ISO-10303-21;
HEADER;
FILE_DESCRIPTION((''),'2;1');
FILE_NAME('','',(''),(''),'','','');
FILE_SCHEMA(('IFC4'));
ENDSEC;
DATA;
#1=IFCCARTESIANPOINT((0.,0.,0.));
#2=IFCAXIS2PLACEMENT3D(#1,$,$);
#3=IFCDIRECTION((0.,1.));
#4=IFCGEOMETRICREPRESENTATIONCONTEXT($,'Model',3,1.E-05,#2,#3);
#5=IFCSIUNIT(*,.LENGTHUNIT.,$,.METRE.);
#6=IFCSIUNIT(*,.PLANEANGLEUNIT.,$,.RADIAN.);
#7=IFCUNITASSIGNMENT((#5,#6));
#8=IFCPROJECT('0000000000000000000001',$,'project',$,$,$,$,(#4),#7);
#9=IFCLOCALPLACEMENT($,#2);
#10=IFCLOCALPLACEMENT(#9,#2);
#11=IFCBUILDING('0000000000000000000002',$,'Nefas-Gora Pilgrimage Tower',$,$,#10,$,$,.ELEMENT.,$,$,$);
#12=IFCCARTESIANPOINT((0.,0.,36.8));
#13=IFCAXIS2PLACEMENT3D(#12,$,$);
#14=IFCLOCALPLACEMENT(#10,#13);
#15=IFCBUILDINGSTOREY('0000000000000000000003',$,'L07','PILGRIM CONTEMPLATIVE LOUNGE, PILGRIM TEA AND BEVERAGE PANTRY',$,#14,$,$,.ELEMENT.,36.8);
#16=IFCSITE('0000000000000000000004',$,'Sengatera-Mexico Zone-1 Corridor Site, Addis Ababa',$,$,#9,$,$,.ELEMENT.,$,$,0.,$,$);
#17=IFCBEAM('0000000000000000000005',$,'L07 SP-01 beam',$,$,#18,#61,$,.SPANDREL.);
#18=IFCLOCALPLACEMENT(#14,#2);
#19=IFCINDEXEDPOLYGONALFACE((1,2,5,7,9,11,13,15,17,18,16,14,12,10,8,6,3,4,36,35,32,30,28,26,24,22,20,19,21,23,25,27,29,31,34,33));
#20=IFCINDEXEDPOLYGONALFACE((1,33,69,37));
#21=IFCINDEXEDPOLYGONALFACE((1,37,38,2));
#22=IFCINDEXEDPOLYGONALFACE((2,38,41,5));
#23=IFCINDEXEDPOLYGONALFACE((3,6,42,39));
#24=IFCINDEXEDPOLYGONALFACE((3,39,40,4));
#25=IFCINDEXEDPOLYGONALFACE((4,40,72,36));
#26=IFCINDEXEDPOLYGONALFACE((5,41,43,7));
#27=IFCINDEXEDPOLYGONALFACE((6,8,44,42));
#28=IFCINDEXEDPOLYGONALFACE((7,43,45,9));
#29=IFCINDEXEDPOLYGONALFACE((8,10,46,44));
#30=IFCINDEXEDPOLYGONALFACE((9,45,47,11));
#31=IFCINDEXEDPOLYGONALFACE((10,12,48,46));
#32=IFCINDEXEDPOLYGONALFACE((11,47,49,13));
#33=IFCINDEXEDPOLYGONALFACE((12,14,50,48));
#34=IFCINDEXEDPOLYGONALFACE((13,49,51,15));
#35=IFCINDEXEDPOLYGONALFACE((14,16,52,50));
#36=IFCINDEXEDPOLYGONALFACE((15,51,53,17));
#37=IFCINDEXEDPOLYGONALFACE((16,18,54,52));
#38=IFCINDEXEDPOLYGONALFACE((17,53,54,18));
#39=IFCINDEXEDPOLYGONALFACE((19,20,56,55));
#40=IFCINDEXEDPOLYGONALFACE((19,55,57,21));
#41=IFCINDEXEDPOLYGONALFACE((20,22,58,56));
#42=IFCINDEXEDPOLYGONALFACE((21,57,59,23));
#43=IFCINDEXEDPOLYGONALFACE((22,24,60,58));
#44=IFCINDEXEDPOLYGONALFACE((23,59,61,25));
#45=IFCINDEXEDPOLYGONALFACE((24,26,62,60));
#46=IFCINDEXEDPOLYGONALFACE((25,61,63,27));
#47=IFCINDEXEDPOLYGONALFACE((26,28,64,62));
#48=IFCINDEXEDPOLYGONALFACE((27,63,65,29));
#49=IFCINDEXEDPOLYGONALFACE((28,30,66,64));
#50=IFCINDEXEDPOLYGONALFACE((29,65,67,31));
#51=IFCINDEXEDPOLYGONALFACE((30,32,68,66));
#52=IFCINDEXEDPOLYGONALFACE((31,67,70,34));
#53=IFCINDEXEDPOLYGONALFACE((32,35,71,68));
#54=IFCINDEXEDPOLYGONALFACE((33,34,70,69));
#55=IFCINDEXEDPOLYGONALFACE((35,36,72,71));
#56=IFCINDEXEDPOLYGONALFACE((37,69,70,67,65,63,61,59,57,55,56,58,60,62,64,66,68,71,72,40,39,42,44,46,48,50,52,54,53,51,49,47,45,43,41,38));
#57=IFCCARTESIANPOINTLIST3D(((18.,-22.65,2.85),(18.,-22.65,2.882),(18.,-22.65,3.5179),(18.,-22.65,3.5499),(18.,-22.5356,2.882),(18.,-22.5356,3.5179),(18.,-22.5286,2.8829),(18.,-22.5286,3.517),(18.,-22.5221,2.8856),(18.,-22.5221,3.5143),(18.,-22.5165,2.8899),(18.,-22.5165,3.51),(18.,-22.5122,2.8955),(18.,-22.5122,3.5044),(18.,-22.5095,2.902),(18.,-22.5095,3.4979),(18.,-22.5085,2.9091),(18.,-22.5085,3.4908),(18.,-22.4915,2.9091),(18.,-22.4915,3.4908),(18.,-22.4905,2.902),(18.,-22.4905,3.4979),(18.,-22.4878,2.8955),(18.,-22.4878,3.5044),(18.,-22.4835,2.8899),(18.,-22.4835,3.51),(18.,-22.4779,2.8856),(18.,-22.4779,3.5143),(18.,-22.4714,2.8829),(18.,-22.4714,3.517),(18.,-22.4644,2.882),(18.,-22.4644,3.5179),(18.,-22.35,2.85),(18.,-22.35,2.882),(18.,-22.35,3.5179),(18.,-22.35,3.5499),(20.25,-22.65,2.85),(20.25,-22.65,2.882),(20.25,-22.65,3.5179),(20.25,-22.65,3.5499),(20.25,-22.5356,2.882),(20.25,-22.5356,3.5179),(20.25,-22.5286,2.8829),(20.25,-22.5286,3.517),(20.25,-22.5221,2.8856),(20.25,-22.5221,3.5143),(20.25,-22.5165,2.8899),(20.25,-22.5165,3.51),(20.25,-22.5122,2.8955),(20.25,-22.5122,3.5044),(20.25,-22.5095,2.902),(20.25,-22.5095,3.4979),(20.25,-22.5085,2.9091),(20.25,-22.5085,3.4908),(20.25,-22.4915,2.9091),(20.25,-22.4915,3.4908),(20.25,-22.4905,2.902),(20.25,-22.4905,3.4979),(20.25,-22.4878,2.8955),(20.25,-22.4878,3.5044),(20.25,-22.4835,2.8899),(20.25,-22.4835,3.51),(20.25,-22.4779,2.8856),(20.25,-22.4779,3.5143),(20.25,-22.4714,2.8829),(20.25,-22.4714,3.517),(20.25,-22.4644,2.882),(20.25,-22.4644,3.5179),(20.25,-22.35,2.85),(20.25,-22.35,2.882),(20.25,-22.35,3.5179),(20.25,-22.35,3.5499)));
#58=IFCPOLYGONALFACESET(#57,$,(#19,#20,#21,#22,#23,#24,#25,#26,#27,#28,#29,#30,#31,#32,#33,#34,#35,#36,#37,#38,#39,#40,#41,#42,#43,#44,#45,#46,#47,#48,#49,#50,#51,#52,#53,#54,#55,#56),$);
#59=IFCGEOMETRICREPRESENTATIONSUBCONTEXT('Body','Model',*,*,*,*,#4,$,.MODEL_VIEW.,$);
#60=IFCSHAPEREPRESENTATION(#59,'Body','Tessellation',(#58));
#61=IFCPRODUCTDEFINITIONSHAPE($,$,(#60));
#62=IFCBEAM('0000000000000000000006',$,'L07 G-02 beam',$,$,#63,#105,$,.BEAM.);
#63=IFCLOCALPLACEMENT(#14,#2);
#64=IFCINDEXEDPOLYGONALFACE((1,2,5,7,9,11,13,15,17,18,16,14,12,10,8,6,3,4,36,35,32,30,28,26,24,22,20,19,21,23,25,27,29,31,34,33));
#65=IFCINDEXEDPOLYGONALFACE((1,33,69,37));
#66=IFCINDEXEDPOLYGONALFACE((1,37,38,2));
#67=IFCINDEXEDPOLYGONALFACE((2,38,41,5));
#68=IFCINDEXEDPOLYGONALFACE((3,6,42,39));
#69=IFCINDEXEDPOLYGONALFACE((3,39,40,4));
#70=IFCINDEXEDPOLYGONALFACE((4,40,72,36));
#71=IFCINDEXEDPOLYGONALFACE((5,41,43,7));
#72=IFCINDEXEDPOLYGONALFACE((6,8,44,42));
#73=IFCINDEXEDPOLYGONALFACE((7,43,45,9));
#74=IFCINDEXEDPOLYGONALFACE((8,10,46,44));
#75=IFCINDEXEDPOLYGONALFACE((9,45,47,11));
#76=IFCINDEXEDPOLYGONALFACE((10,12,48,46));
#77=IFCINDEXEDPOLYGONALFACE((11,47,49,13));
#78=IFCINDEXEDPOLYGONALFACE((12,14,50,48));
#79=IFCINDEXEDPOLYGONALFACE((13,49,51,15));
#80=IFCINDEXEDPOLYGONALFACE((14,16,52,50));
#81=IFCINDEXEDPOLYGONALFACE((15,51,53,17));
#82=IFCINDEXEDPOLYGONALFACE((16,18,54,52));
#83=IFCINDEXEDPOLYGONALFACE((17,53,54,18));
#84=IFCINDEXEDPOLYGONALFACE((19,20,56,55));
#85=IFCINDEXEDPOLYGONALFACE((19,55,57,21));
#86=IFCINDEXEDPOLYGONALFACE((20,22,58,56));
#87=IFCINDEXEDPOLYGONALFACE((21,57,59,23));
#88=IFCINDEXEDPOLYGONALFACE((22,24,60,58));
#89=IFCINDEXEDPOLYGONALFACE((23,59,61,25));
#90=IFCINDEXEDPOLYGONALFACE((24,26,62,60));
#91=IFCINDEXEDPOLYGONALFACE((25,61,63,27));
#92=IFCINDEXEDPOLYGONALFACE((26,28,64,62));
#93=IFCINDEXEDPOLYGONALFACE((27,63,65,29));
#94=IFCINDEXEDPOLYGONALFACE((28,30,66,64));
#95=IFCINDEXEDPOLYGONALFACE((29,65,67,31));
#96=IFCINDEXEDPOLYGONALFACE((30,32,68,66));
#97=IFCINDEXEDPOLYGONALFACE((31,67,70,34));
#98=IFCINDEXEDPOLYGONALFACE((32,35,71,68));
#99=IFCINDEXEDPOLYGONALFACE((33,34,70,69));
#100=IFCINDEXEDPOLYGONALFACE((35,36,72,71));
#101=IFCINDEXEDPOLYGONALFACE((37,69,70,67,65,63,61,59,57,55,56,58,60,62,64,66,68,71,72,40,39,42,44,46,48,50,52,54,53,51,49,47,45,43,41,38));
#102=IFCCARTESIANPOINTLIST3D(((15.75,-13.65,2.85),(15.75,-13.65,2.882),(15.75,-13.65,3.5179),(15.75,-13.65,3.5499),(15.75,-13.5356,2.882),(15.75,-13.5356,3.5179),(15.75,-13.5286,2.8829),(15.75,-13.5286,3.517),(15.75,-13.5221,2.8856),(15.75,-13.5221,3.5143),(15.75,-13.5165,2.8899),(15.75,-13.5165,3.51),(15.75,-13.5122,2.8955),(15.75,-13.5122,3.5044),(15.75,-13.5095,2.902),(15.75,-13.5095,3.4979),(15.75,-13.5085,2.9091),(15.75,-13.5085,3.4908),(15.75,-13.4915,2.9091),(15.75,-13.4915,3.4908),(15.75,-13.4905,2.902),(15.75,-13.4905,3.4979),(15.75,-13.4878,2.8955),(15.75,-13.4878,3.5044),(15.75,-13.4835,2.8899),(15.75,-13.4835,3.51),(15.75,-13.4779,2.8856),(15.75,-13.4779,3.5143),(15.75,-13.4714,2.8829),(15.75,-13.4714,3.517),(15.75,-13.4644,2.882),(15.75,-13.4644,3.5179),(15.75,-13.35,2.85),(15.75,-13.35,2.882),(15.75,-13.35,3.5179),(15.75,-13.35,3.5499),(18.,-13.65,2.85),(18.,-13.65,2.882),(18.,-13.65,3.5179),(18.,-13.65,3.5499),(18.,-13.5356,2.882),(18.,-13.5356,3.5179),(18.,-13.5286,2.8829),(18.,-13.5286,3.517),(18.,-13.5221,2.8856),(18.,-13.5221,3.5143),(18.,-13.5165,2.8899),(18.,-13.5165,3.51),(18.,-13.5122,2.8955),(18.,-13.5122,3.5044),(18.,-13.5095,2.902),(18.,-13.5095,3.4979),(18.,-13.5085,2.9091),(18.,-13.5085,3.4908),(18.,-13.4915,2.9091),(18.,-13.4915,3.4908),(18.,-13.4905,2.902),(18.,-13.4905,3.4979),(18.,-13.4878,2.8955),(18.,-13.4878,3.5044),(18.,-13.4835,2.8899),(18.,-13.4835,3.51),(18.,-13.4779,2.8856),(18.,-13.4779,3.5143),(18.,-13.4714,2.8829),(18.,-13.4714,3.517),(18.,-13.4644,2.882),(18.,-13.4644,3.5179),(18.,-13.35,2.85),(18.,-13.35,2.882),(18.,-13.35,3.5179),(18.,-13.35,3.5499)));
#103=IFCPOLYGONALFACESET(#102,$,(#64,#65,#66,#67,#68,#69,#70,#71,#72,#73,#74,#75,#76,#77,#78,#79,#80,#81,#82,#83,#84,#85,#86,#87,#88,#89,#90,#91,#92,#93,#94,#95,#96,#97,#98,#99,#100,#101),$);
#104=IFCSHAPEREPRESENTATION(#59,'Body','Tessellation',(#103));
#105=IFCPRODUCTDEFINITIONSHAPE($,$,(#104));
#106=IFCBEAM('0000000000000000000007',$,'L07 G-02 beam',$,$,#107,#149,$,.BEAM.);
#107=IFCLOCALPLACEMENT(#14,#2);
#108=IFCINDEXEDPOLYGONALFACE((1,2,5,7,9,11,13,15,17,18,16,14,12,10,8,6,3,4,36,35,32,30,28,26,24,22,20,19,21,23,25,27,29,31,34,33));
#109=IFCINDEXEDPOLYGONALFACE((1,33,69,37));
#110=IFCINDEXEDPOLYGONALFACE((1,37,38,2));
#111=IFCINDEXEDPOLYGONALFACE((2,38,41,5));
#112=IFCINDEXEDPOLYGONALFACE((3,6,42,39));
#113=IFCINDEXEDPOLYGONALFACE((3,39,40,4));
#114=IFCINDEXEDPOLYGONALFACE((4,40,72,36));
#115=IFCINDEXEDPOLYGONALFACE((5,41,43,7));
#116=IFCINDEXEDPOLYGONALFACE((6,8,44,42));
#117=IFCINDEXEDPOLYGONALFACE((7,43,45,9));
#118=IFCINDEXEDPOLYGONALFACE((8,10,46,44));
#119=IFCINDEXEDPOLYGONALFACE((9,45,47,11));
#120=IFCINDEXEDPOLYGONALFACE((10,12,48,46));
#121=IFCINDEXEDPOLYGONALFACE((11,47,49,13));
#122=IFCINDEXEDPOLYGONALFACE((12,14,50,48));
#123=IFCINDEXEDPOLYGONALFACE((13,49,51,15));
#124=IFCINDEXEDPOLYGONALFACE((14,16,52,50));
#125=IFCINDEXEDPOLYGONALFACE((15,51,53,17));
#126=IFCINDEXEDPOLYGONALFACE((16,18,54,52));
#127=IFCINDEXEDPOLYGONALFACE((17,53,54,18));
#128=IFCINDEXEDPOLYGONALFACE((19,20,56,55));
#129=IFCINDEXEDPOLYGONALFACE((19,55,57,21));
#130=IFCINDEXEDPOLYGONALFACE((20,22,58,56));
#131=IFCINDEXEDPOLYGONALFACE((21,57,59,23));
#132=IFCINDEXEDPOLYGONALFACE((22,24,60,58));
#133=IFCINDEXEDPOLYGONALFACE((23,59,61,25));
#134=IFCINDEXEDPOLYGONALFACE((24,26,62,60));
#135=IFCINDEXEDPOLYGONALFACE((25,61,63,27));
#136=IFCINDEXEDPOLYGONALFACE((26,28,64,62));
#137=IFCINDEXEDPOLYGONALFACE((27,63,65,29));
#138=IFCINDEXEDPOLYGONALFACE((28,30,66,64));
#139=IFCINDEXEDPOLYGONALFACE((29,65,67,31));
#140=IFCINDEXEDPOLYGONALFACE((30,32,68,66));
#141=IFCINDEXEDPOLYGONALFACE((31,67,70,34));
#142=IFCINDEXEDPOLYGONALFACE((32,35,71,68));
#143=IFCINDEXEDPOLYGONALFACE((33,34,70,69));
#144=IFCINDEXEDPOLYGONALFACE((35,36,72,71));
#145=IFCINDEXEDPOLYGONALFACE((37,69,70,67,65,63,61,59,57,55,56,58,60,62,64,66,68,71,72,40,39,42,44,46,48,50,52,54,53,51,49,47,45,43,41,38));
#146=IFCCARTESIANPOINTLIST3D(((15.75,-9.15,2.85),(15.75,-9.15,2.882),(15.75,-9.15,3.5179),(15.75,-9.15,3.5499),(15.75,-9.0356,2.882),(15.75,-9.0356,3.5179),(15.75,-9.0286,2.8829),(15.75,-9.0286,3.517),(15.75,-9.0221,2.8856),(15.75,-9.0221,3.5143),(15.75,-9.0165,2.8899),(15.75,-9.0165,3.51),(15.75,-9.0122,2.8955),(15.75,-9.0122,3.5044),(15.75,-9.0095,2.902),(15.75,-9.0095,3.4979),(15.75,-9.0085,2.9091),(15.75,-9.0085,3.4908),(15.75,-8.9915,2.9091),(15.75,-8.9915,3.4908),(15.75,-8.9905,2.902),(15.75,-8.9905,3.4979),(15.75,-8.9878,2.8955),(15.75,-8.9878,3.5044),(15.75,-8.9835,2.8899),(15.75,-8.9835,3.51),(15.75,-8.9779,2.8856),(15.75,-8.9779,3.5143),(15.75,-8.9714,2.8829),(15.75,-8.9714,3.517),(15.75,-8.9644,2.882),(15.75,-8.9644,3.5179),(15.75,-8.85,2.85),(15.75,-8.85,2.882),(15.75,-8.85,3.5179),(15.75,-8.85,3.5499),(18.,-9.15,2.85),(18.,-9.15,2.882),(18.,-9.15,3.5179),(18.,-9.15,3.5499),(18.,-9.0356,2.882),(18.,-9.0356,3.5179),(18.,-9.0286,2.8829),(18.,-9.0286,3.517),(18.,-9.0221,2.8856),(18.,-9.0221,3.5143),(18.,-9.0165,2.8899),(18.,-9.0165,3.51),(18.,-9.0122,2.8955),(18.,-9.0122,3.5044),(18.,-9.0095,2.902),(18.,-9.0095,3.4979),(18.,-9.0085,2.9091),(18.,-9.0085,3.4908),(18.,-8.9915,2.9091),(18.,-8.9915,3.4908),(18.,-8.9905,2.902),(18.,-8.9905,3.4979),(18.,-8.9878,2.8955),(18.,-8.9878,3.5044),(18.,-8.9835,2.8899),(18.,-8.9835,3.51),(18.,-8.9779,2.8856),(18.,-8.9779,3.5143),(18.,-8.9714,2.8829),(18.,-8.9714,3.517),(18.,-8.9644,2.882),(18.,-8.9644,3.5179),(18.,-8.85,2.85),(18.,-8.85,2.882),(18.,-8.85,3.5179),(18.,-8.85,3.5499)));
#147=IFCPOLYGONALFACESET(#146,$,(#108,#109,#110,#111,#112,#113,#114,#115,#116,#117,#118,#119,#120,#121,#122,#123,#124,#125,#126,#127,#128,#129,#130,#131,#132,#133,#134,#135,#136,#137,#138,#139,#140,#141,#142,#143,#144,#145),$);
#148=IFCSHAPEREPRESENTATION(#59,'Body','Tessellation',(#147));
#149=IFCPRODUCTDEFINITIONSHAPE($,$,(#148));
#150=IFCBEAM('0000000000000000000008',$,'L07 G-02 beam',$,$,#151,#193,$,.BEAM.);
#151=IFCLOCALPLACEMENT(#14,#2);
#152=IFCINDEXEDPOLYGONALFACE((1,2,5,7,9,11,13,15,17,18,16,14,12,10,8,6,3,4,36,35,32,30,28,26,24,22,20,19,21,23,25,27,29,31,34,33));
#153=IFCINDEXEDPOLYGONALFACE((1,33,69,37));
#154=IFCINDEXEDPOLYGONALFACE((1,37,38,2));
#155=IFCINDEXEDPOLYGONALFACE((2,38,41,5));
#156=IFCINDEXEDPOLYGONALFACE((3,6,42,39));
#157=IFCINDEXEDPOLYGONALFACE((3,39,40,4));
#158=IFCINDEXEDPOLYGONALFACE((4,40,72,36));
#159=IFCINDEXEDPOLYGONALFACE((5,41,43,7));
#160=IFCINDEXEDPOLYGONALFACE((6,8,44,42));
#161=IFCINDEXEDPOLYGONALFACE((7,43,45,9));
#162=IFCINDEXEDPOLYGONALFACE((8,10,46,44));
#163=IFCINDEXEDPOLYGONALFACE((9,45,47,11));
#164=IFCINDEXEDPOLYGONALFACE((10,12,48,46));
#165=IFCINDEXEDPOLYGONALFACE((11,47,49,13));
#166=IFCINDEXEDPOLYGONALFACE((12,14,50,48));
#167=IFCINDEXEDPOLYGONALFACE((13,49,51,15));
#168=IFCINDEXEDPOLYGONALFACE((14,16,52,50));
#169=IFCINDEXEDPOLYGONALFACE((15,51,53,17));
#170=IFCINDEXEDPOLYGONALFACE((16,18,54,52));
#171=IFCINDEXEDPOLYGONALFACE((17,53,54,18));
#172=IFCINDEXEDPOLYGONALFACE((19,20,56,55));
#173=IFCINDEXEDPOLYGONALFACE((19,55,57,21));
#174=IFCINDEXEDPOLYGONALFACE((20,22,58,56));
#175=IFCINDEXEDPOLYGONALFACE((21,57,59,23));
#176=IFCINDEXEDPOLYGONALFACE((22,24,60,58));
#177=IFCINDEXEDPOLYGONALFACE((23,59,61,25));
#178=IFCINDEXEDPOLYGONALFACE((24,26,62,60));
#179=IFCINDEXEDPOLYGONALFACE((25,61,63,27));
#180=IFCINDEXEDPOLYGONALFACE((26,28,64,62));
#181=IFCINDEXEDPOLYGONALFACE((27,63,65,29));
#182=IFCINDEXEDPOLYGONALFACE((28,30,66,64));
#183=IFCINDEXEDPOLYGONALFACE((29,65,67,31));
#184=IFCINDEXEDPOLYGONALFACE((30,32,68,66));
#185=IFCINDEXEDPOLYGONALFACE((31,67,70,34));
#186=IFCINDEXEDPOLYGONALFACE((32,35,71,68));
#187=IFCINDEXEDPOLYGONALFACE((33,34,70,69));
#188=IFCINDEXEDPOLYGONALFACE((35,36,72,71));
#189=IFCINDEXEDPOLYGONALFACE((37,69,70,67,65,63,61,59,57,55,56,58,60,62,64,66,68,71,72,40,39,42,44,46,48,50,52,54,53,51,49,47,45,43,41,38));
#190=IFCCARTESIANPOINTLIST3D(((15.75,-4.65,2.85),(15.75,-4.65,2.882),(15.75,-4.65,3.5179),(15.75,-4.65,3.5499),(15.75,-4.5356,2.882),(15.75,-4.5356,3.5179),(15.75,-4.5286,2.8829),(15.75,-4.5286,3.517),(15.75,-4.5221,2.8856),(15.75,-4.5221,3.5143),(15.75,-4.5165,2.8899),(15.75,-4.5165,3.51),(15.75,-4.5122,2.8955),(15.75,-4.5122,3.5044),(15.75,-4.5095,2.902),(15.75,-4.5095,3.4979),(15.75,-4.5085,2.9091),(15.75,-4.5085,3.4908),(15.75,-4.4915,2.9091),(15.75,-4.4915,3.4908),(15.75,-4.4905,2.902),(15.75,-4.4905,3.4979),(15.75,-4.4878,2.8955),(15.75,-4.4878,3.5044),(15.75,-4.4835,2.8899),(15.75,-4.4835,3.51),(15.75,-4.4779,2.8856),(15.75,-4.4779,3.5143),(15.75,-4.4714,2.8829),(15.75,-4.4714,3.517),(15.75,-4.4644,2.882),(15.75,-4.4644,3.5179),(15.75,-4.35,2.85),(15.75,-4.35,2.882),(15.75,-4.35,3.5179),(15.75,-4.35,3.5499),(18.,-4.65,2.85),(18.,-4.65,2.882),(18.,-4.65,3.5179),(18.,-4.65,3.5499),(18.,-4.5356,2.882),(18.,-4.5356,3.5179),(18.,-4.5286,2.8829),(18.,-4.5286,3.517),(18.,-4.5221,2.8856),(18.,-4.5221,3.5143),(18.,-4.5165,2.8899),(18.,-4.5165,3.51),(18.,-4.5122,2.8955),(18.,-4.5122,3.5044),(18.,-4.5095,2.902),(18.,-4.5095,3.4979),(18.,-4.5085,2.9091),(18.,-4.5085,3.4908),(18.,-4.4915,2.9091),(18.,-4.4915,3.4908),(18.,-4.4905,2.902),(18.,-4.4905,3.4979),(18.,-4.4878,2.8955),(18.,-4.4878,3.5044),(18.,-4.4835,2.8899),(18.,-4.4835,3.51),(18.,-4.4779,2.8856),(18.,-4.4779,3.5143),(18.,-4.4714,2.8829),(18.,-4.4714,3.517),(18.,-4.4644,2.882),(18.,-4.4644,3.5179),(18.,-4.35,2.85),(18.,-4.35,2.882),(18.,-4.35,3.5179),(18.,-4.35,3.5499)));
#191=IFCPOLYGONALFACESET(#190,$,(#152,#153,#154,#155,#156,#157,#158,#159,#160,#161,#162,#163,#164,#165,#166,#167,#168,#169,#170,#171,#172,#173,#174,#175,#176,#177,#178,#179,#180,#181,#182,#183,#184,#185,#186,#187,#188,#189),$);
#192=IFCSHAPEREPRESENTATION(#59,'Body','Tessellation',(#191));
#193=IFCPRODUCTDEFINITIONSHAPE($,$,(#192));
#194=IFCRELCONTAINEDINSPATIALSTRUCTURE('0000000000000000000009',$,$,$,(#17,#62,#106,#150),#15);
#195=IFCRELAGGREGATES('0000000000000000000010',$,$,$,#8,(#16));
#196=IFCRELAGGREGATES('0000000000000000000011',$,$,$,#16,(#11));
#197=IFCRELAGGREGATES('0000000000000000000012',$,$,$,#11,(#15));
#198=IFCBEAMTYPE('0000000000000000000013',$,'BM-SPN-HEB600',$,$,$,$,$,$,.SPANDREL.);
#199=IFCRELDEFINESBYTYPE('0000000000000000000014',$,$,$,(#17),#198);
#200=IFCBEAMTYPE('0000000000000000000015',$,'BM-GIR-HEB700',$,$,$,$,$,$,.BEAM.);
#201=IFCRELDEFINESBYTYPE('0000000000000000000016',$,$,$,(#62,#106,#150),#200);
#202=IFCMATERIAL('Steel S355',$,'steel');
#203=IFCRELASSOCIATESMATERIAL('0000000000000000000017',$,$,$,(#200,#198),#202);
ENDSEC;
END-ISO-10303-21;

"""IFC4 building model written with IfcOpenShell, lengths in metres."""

from ifc_helpers import new_model, si_unit, direction, frame, origin, origin_2d, place, context, subcontext, project, spatial, i_section, extrude, source, transform, mapped, material, material_profile, profile_set, type_object, element, save


model = new_model("IFC4")

# Units and contexts
model_context = context("Model", 3, precision=1e-05, world=origin(), true_north=direction((0.0, 1.0)))
body_context = subcontext(model_context, "Body", "Model", "MODEL_VIEW")
ifc_project = project(units=[si_unit("LENGTHUNIT", "METRE"), si_unit("PLANEANGLEUNIT", "RADIAN")], contexts=[model_context])

# Site, building, storey
site_placement = place(None, origin())
site = spatial("IfcSite", under=ifc_project, at=site_placement, Name="Sengatera-Mexico Zone-1 Corridor Site, Addis Ababa", CompositionType="ELEMENT", RefElevation=0.0)
building_placement = place(site_placement, origin())
building = spatial("IfcBuilding", under=site, at=building_placement, Name="Nefas-Gora Pilgrimage Tower", CompositionType="ELEMENT")
storey_placement = place(building_placement, frame((0.0, 0.0, 36.8)))
storey = spatial("IfcBuildingStorey", under=building, at=storey_placement, Name="L07", Description="PILGRIM CONTEMPLATIVE LOUNGE, PILGRIM TEA AND BEVERAGE PANTRY", CompositionType="ELEMENT", Elevation=36.8)

# Beams
ifc_material_1 = material(Name="Steel S355", Category="steel")
ifc_material_profile_1 = material_profile(ifc_material_1, i_section(OverallWidth=0.3, OverallDepth=0.7, WebThickness=0.0171, FlangeThickness=0.032, FilletRadius=0.0271, at=origin_2d()), Name="HEB 700")
ifc_profile_set_1 = profile_set([ifc_material_profile_1], Name="Steel S355")
beam_type_1 = type_object("IfcBeamType", Name="BM-GIR-HEB700", PredefinedType="BEAM", material=ifc_profile_set_1)
ifc_material_profile_2 = material_profile(ifc_material_1, i_section(OverallWidth=0.3, OverallDepth=0.7, WebThickness=0.0171, FlangeThickness=0.032, FilletRadius=0.0271, at=origin_2d()), Name="HEB 700")
ifc_profile_set_2 = profile_set([ifc_material_profile_2], Name="Steel S355")
beam_type_2 = type_object("IfcBeamType", Name="BM-SPN-HEB600", PredefinedType="SPANDREL", material=ifc_profile_set_2)
shared_shape_1 = source(origin(), body_context, "Body", "SweptSolid", [
    extrude(i_section(OverallWidth=0.3, OverallDepth=0.7, WebThickness=0.0171, FlangeThickness=0.032, FilletRadius=0.0271, at=origin_2d()), origin(), (0.0, 0.0, 1.0), 2.25),
])
for number, where, z_axis, x_axis, name in (
    (1, (18.0, -22.5, 3.2), (1.0, 0.0, 0.0), (0.0, 1.0, 0.0), "L07 SP-01 beam"),
):
    element("IfcBeam", number, at=place(storey_placement, frame(where, z_axis=z_axis, x_axis=x_axis)), inside=storey, type_object=beam_type_2, Name=name, PredefinedType="SPANDREL", context=body_context, shape_type="MappedRepresentation", body=[
        mapped(shared_shape_1, transform((0.0, 0.0, 0.0), x_axis=(1.0, 0.0, 0.0), y_axis=(0.0, 1.0, 0.0), z_axis=(0.0, 0.0, 1.0), scale=1.0)),
    ])
shared_shape_2 = source(origin(), body_context, "Body", "SweptSolid", [
    extrude(i_section(OverallWidth=0.3, OverallDepth=0.7, WebThickness=0.0171, FlangeThickness=0.032, FilletRadius=0.0271, at=origin_2d()), origin(), (0.0, 0.0, 1.0), 2.25),
])
for number, where, z_axis, x_axis, name in (
    (2, (15.75, -13.5, 3.2), (1.0, 0.0, 0.0), (0.0, 1.0, 0.0), "L07 G-02 beam"),
    (3, (15.75, -9.0, 3.2), (1.0, 0.0, 0.0), (0.0, 1.0, 0.0), "L07 G-02 beam"),
    (4, (15.75, -4.5, 3.2), (1.0, 0.0, 0.0), (0.0, 1.0, 0.0), "L07 G-02 beam"),
):
    element("IfcBeam", number, at=place(storey_placement, frame(where, z_axis=z_axis, x_axis=x_axis)), inside=storey, type_object=beam_type_1, Name=name, PredefinedType="BEAM", context=body_context, shape_type="MappedRepresentation", body=[
        mapped(shared_shape_2, transform((0.0, 0.0, 0.0), x_axis=(1.0, 0.0, 0.0), y_axis=(0.0, 1.0, 0.0), z_axis=(0.0, 0.0, 1.0), scale=1.0)),
    ])

save(model, "model.ifc")
